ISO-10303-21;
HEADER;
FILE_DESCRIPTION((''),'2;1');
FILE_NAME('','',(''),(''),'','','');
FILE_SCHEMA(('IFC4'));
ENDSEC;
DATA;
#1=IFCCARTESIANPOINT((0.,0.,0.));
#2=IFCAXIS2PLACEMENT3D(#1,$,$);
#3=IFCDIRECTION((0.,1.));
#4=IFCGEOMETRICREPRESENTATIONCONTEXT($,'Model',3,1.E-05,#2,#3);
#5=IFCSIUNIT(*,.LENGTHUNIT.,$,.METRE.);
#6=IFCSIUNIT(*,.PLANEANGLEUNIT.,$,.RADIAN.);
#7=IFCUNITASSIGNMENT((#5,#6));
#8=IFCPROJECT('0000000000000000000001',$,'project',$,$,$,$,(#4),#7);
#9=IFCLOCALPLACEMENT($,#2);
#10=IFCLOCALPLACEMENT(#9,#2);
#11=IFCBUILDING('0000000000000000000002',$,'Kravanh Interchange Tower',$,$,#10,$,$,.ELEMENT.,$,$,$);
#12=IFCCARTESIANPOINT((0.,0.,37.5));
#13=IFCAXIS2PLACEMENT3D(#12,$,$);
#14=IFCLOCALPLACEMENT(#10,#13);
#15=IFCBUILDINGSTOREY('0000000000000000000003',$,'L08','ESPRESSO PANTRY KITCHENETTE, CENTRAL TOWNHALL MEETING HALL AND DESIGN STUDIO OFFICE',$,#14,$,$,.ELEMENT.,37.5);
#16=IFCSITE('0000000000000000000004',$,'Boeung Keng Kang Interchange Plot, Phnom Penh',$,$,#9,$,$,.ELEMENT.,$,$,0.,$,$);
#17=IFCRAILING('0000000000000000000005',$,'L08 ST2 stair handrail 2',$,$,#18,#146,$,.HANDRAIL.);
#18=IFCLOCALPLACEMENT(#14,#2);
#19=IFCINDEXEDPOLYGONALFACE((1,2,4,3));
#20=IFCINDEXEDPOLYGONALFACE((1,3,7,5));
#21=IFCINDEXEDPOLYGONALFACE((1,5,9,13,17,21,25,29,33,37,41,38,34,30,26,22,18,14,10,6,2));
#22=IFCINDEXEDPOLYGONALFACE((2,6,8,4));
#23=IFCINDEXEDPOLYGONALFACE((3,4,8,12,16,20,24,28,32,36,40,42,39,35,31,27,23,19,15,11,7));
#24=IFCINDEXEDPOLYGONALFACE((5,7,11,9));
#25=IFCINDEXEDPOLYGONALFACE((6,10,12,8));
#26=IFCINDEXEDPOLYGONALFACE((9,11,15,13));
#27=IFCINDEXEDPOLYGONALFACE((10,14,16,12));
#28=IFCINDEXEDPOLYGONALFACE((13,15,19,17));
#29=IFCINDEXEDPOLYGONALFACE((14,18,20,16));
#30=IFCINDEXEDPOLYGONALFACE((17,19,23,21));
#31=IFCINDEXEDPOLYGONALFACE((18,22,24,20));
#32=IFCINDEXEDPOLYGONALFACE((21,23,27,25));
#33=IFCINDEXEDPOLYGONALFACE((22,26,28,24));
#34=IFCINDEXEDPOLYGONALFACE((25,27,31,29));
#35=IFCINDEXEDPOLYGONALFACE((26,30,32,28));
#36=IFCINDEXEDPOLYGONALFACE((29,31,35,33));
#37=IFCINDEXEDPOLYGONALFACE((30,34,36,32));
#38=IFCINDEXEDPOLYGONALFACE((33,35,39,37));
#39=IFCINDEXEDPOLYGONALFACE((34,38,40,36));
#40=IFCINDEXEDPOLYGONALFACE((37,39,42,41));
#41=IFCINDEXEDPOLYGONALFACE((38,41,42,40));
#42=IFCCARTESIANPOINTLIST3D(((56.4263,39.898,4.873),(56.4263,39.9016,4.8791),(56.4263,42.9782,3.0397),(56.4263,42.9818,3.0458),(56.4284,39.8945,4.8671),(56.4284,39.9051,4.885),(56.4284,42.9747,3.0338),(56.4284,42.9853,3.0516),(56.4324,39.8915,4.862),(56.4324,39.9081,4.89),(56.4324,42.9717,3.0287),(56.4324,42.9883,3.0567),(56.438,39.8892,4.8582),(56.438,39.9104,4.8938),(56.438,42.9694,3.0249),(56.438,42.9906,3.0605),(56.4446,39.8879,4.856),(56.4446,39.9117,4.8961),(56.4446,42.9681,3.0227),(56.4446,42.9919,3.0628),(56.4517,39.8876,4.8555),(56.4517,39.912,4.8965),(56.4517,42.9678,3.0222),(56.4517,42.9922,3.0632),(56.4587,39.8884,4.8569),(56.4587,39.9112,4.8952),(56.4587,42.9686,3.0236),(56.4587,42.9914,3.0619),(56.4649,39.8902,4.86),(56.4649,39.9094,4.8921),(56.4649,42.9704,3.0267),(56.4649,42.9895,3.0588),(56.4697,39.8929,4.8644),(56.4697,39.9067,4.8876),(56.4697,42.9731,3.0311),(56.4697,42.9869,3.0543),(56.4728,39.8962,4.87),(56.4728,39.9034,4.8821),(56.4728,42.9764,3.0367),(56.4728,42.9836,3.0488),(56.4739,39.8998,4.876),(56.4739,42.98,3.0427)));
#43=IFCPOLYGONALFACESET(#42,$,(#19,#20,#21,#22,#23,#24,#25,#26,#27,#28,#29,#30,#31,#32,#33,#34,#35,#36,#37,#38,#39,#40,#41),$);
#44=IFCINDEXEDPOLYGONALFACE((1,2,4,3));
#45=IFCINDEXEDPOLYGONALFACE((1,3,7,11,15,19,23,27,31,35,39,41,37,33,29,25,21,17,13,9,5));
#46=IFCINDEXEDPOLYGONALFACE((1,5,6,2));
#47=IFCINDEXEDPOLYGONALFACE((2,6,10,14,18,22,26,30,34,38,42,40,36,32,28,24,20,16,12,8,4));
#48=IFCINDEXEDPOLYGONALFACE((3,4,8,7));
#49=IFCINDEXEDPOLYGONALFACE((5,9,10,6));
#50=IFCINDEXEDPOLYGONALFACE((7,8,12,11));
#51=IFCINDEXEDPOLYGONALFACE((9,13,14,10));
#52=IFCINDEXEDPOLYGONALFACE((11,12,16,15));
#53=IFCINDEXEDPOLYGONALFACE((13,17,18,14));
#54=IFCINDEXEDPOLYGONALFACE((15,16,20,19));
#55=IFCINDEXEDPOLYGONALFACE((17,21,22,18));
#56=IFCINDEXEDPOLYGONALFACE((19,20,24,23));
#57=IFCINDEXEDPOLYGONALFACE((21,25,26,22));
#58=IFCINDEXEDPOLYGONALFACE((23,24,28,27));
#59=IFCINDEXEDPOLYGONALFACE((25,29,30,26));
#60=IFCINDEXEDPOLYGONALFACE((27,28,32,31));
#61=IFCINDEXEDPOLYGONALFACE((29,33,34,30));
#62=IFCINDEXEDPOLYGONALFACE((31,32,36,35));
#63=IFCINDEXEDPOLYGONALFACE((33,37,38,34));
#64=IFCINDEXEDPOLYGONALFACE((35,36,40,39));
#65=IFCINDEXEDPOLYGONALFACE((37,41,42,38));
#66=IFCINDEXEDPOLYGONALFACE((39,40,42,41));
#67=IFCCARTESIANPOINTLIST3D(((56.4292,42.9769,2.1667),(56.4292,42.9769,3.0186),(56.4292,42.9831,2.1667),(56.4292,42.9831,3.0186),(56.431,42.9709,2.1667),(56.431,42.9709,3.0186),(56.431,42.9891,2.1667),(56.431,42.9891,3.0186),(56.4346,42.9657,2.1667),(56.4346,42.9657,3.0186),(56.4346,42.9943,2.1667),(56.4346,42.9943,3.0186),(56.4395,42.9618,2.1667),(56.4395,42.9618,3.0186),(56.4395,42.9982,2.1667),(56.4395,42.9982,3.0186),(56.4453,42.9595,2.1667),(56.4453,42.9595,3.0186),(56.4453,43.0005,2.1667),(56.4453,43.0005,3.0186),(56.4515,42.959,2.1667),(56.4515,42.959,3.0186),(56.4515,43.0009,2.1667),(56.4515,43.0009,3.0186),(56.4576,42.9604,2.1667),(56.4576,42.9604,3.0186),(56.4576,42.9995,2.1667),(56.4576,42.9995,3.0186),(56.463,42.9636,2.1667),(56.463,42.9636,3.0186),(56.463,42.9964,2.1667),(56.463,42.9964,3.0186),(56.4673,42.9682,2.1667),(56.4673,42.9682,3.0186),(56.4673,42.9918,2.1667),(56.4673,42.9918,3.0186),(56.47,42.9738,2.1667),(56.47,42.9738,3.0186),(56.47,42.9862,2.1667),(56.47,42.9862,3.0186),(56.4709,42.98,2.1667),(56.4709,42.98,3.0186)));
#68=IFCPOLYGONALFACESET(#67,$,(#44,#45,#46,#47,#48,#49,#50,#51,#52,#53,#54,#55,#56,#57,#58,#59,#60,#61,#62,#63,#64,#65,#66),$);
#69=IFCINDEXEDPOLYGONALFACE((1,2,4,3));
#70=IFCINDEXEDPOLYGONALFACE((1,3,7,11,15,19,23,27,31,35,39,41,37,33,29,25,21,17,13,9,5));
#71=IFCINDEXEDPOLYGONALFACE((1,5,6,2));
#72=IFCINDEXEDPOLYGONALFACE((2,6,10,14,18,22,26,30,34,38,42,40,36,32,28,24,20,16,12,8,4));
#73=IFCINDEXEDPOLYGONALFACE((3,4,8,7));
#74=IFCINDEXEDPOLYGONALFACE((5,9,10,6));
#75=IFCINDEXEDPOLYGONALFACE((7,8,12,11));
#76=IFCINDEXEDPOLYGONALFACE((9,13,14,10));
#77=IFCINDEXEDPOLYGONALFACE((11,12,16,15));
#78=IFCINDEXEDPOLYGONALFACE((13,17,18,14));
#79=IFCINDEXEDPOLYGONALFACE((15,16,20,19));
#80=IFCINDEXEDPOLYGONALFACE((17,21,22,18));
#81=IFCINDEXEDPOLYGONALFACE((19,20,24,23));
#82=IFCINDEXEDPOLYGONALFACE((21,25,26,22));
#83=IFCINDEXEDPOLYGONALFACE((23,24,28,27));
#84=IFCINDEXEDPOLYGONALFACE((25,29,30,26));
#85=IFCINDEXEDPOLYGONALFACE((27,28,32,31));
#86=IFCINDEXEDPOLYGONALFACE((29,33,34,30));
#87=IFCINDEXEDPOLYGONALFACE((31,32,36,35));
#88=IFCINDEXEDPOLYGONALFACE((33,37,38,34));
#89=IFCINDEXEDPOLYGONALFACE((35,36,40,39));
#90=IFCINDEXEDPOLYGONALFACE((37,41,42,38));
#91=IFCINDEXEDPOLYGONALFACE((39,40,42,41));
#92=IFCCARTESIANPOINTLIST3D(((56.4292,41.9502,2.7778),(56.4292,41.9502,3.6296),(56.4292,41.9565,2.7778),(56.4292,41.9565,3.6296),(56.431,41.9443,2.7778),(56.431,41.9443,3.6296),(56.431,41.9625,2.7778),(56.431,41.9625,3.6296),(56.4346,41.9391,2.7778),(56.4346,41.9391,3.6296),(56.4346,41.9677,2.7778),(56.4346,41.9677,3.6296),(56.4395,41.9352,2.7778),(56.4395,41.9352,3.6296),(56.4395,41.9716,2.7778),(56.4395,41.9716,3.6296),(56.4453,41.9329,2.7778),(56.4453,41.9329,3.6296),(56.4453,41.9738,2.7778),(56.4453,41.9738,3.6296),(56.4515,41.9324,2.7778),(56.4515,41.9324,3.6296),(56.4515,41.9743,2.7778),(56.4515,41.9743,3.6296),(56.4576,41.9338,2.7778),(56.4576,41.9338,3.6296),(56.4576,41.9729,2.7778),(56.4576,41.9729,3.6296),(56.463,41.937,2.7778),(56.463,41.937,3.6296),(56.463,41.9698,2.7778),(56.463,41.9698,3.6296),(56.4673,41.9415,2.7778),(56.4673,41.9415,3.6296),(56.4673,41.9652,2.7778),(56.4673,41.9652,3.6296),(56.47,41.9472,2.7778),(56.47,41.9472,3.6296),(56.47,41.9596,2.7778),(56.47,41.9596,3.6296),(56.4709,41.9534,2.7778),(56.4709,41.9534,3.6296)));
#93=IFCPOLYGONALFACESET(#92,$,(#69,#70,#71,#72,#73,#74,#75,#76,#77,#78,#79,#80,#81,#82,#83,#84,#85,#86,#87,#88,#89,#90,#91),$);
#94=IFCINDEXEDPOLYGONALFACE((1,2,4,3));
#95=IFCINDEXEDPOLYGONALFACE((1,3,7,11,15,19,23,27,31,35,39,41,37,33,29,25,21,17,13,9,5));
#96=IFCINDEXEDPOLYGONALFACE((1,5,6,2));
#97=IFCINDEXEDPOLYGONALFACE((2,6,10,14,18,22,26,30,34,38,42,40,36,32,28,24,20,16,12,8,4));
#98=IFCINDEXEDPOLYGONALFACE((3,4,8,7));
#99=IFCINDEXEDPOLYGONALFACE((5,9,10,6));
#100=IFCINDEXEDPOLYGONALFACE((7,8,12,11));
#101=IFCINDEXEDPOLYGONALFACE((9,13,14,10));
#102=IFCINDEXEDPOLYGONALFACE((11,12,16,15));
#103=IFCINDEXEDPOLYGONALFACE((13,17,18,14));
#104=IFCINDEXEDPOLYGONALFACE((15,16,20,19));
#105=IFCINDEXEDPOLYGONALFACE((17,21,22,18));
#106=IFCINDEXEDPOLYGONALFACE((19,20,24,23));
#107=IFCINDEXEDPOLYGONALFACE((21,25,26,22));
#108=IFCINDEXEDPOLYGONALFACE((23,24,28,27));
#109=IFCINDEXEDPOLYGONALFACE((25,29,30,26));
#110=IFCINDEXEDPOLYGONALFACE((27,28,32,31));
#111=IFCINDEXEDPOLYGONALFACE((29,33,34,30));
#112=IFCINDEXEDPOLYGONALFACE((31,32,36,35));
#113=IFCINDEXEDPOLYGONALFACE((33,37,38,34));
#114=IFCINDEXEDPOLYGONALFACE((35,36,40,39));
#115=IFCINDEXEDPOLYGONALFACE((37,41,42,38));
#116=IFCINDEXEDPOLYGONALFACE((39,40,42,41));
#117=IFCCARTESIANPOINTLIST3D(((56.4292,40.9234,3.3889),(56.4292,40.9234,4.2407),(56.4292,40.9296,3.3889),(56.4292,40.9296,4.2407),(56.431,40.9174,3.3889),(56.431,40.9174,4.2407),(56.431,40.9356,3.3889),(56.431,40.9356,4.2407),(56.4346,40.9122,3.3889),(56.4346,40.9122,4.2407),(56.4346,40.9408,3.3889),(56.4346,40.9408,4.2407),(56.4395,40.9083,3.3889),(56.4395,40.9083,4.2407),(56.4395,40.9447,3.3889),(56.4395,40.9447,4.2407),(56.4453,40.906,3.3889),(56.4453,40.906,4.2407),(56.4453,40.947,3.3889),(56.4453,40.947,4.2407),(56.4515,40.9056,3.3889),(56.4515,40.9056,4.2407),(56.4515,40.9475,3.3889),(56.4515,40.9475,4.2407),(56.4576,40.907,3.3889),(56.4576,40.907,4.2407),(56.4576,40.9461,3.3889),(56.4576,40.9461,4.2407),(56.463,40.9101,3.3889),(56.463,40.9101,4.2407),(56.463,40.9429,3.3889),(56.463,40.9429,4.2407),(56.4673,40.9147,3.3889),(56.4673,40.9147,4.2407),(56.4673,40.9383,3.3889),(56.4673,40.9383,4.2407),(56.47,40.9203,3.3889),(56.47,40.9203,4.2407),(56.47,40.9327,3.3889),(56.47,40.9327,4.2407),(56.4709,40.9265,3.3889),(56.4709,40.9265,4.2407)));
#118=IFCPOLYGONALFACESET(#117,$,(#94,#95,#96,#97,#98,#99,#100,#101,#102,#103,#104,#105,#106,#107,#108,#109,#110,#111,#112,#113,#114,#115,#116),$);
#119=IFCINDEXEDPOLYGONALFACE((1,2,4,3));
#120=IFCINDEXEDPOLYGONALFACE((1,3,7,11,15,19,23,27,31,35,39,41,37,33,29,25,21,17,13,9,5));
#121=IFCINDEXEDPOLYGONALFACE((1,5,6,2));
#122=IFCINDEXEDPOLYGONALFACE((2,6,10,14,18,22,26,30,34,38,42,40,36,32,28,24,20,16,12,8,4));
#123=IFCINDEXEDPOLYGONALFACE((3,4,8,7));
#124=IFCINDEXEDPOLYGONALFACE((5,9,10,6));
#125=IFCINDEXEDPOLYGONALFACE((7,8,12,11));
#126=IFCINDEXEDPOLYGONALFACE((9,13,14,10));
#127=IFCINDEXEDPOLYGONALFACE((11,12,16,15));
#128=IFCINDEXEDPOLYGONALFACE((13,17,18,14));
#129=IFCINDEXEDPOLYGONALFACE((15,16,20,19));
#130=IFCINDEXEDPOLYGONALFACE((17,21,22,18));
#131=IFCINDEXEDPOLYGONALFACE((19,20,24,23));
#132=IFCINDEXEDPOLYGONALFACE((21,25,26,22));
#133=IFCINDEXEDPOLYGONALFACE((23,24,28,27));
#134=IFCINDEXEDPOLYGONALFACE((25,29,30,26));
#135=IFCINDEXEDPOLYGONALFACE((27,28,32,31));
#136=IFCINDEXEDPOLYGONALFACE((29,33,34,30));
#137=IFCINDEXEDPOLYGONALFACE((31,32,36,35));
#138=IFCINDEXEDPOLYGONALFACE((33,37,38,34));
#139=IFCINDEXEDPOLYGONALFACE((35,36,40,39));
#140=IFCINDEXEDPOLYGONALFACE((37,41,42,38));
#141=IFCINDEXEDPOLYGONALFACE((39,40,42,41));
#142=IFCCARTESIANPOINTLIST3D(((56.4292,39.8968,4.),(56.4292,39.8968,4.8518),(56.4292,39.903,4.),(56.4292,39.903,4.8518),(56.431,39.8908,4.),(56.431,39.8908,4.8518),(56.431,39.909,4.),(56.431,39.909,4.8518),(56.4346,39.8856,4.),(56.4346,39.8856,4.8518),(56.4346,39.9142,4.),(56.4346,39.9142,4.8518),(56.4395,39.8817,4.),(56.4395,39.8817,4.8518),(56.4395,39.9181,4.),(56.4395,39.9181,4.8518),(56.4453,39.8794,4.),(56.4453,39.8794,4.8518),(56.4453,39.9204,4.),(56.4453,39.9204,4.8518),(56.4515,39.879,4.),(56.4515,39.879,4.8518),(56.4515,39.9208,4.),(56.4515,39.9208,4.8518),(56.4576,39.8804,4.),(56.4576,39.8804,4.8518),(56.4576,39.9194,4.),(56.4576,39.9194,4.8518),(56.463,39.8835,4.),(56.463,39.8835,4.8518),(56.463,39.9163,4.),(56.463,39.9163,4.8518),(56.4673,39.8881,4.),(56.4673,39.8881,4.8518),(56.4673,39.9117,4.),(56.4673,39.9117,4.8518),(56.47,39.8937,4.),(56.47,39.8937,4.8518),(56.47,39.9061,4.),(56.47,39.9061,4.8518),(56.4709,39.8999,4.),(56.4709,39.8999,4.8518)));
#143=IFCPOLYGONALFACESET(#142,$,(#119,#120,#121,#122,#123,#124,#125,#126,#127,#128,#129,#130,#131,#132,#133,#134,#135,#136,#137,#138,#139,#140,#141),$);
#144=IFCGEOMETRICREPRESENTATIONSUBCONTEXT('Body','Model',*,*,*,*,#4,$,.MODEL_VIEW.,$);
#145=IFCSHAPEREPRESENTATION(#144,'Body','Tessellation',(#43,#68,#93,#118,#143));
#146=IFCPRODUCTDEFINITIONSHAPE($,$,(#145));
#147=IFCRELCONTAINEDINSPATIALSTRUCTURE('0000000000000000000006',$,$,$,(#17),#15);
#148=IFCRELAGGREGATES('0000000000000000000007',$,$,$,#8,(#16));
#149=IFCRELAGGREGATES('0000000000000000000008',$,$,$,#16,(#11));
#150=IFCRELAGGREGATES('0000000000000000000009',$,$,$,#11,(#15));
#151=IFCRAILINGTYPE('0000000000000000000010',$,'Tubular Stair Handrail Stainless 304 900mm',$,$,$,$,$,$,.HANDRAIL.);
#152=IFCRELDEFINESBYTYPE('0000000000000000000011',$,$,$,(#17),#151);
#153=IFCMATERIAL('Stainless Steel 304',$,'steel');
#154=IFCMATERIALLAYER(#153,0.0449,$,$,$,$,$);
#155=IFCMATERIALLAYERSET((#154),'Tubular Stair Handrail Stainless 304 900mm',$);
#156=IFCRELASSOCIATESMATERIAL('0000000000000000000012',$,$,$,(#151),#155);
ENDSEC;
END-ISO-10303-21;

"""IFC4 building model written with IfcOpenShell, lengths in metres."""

from ifc_helpers import new_model, si_unit, direction, frame, origin, origin_2d, place, context, subcontext, project, spatial, circle, extrude, material, layer, layer_set, type_object, element, save


model = new_model("IFC4")

# Units and contexts
model_context = context("Model", 3, precision=1e-05, world=origin(), true_north=direction((0.0, 1.0)))
body_context = subcontext(model_context, "Body", "Model", "MODEL_VIEW")
ifc_project = project(units=[si_unit("LENGTHUNIT", "METRE"), si_unit("PLANEANGLEUNIT", "RADIAN")], contexts=[model_context])

# Site, building, storey
site_placement = place(None, origin())
site = spatial("IfcSite", under=ifc_project, at=site_placement, Name="Boeung Keng Kang Interchange Plot, Phnom Penh", CompositionType="ELEMENT", RefElevation=0.0)
building_placement = place(site_placement, origin())
building = spatial("IfcBuilding", under=site, at=building_placement, Name="Kravanh Interchange Tower", CompositionType="ELEMENT")
storey_placement = place(building_placement, frame((0.0, 0.0, 37.5)))
storey = spatial("IfcBuildingStorey", under=building, at=storey_placement, Name="L08", Description="ESPRESSO PANTRY KITCHENETTE, CENTRAL TOWNHALL MEETING HALL AND DESIGN STUDIO OFFICE", CompositionType="ELEMENT", Elevation=37.5)

# Railing
ifc_material_1 = material(Name="Stainless Steel 304", Category="steel")
ifc_layer_1 = layer(ifc_material_1, 0.0449)
ifc_layer_set_1 = layer_set([ifc_layer_1], Name="Tubular Stair Handrail Stainless 304 900mm")
railing_type_1 = type_object("IfcRailingType", Name="Tubular Stair Handrail Stainless 304 900mm", PredefinedType="HANDRAIL", material=ifc_layer_set_1)
railing_1_placement = place(storey_placement, frame((56.45, 42.98, 2.1667)))
element("IfcRailing", 1, at=railing_1_placement, inside=storey, type_object=railing_type_1, Name="L08 ST2 stair handrail 2", PredefinedType="HANDRAIL", context=body_context, shape_type="SweptSolid", body=[
    extrude(circle(Radius=0.0239, at=origin_2d()), frame((0.0, 0.0, 0.876), z_axis=(0.0, -0.859309, 0.511458), x_axis=(1.0, 0.0, 0.0)), (0.0, 0.0, 1.0), 3.5845),
    extrude(circle(Radius=0.021, at=origin_2d()), origin(), (0.0, 0.0, 1.0), 0.8518),
    extrude(circle(Radius=0.021, at=origin_2d()), frame((0.0, -1.0266, 0.6111)), (0.0, 0.0, 1.0), 0.8518),
    extrude(circle(Radius=0.021, at=origin_2d()), frame((0.0, -2.0535, 1.2222)), (0.0, 0.0, 1.0), 0.8518),
    extrude(circle(Radius=0.021, at=origin_2d()), frame((0.0, -3.0801, 1.8333)), (0.0, 0.0, 1.0), 0.8518),
])

save(model, "model.ifc")
